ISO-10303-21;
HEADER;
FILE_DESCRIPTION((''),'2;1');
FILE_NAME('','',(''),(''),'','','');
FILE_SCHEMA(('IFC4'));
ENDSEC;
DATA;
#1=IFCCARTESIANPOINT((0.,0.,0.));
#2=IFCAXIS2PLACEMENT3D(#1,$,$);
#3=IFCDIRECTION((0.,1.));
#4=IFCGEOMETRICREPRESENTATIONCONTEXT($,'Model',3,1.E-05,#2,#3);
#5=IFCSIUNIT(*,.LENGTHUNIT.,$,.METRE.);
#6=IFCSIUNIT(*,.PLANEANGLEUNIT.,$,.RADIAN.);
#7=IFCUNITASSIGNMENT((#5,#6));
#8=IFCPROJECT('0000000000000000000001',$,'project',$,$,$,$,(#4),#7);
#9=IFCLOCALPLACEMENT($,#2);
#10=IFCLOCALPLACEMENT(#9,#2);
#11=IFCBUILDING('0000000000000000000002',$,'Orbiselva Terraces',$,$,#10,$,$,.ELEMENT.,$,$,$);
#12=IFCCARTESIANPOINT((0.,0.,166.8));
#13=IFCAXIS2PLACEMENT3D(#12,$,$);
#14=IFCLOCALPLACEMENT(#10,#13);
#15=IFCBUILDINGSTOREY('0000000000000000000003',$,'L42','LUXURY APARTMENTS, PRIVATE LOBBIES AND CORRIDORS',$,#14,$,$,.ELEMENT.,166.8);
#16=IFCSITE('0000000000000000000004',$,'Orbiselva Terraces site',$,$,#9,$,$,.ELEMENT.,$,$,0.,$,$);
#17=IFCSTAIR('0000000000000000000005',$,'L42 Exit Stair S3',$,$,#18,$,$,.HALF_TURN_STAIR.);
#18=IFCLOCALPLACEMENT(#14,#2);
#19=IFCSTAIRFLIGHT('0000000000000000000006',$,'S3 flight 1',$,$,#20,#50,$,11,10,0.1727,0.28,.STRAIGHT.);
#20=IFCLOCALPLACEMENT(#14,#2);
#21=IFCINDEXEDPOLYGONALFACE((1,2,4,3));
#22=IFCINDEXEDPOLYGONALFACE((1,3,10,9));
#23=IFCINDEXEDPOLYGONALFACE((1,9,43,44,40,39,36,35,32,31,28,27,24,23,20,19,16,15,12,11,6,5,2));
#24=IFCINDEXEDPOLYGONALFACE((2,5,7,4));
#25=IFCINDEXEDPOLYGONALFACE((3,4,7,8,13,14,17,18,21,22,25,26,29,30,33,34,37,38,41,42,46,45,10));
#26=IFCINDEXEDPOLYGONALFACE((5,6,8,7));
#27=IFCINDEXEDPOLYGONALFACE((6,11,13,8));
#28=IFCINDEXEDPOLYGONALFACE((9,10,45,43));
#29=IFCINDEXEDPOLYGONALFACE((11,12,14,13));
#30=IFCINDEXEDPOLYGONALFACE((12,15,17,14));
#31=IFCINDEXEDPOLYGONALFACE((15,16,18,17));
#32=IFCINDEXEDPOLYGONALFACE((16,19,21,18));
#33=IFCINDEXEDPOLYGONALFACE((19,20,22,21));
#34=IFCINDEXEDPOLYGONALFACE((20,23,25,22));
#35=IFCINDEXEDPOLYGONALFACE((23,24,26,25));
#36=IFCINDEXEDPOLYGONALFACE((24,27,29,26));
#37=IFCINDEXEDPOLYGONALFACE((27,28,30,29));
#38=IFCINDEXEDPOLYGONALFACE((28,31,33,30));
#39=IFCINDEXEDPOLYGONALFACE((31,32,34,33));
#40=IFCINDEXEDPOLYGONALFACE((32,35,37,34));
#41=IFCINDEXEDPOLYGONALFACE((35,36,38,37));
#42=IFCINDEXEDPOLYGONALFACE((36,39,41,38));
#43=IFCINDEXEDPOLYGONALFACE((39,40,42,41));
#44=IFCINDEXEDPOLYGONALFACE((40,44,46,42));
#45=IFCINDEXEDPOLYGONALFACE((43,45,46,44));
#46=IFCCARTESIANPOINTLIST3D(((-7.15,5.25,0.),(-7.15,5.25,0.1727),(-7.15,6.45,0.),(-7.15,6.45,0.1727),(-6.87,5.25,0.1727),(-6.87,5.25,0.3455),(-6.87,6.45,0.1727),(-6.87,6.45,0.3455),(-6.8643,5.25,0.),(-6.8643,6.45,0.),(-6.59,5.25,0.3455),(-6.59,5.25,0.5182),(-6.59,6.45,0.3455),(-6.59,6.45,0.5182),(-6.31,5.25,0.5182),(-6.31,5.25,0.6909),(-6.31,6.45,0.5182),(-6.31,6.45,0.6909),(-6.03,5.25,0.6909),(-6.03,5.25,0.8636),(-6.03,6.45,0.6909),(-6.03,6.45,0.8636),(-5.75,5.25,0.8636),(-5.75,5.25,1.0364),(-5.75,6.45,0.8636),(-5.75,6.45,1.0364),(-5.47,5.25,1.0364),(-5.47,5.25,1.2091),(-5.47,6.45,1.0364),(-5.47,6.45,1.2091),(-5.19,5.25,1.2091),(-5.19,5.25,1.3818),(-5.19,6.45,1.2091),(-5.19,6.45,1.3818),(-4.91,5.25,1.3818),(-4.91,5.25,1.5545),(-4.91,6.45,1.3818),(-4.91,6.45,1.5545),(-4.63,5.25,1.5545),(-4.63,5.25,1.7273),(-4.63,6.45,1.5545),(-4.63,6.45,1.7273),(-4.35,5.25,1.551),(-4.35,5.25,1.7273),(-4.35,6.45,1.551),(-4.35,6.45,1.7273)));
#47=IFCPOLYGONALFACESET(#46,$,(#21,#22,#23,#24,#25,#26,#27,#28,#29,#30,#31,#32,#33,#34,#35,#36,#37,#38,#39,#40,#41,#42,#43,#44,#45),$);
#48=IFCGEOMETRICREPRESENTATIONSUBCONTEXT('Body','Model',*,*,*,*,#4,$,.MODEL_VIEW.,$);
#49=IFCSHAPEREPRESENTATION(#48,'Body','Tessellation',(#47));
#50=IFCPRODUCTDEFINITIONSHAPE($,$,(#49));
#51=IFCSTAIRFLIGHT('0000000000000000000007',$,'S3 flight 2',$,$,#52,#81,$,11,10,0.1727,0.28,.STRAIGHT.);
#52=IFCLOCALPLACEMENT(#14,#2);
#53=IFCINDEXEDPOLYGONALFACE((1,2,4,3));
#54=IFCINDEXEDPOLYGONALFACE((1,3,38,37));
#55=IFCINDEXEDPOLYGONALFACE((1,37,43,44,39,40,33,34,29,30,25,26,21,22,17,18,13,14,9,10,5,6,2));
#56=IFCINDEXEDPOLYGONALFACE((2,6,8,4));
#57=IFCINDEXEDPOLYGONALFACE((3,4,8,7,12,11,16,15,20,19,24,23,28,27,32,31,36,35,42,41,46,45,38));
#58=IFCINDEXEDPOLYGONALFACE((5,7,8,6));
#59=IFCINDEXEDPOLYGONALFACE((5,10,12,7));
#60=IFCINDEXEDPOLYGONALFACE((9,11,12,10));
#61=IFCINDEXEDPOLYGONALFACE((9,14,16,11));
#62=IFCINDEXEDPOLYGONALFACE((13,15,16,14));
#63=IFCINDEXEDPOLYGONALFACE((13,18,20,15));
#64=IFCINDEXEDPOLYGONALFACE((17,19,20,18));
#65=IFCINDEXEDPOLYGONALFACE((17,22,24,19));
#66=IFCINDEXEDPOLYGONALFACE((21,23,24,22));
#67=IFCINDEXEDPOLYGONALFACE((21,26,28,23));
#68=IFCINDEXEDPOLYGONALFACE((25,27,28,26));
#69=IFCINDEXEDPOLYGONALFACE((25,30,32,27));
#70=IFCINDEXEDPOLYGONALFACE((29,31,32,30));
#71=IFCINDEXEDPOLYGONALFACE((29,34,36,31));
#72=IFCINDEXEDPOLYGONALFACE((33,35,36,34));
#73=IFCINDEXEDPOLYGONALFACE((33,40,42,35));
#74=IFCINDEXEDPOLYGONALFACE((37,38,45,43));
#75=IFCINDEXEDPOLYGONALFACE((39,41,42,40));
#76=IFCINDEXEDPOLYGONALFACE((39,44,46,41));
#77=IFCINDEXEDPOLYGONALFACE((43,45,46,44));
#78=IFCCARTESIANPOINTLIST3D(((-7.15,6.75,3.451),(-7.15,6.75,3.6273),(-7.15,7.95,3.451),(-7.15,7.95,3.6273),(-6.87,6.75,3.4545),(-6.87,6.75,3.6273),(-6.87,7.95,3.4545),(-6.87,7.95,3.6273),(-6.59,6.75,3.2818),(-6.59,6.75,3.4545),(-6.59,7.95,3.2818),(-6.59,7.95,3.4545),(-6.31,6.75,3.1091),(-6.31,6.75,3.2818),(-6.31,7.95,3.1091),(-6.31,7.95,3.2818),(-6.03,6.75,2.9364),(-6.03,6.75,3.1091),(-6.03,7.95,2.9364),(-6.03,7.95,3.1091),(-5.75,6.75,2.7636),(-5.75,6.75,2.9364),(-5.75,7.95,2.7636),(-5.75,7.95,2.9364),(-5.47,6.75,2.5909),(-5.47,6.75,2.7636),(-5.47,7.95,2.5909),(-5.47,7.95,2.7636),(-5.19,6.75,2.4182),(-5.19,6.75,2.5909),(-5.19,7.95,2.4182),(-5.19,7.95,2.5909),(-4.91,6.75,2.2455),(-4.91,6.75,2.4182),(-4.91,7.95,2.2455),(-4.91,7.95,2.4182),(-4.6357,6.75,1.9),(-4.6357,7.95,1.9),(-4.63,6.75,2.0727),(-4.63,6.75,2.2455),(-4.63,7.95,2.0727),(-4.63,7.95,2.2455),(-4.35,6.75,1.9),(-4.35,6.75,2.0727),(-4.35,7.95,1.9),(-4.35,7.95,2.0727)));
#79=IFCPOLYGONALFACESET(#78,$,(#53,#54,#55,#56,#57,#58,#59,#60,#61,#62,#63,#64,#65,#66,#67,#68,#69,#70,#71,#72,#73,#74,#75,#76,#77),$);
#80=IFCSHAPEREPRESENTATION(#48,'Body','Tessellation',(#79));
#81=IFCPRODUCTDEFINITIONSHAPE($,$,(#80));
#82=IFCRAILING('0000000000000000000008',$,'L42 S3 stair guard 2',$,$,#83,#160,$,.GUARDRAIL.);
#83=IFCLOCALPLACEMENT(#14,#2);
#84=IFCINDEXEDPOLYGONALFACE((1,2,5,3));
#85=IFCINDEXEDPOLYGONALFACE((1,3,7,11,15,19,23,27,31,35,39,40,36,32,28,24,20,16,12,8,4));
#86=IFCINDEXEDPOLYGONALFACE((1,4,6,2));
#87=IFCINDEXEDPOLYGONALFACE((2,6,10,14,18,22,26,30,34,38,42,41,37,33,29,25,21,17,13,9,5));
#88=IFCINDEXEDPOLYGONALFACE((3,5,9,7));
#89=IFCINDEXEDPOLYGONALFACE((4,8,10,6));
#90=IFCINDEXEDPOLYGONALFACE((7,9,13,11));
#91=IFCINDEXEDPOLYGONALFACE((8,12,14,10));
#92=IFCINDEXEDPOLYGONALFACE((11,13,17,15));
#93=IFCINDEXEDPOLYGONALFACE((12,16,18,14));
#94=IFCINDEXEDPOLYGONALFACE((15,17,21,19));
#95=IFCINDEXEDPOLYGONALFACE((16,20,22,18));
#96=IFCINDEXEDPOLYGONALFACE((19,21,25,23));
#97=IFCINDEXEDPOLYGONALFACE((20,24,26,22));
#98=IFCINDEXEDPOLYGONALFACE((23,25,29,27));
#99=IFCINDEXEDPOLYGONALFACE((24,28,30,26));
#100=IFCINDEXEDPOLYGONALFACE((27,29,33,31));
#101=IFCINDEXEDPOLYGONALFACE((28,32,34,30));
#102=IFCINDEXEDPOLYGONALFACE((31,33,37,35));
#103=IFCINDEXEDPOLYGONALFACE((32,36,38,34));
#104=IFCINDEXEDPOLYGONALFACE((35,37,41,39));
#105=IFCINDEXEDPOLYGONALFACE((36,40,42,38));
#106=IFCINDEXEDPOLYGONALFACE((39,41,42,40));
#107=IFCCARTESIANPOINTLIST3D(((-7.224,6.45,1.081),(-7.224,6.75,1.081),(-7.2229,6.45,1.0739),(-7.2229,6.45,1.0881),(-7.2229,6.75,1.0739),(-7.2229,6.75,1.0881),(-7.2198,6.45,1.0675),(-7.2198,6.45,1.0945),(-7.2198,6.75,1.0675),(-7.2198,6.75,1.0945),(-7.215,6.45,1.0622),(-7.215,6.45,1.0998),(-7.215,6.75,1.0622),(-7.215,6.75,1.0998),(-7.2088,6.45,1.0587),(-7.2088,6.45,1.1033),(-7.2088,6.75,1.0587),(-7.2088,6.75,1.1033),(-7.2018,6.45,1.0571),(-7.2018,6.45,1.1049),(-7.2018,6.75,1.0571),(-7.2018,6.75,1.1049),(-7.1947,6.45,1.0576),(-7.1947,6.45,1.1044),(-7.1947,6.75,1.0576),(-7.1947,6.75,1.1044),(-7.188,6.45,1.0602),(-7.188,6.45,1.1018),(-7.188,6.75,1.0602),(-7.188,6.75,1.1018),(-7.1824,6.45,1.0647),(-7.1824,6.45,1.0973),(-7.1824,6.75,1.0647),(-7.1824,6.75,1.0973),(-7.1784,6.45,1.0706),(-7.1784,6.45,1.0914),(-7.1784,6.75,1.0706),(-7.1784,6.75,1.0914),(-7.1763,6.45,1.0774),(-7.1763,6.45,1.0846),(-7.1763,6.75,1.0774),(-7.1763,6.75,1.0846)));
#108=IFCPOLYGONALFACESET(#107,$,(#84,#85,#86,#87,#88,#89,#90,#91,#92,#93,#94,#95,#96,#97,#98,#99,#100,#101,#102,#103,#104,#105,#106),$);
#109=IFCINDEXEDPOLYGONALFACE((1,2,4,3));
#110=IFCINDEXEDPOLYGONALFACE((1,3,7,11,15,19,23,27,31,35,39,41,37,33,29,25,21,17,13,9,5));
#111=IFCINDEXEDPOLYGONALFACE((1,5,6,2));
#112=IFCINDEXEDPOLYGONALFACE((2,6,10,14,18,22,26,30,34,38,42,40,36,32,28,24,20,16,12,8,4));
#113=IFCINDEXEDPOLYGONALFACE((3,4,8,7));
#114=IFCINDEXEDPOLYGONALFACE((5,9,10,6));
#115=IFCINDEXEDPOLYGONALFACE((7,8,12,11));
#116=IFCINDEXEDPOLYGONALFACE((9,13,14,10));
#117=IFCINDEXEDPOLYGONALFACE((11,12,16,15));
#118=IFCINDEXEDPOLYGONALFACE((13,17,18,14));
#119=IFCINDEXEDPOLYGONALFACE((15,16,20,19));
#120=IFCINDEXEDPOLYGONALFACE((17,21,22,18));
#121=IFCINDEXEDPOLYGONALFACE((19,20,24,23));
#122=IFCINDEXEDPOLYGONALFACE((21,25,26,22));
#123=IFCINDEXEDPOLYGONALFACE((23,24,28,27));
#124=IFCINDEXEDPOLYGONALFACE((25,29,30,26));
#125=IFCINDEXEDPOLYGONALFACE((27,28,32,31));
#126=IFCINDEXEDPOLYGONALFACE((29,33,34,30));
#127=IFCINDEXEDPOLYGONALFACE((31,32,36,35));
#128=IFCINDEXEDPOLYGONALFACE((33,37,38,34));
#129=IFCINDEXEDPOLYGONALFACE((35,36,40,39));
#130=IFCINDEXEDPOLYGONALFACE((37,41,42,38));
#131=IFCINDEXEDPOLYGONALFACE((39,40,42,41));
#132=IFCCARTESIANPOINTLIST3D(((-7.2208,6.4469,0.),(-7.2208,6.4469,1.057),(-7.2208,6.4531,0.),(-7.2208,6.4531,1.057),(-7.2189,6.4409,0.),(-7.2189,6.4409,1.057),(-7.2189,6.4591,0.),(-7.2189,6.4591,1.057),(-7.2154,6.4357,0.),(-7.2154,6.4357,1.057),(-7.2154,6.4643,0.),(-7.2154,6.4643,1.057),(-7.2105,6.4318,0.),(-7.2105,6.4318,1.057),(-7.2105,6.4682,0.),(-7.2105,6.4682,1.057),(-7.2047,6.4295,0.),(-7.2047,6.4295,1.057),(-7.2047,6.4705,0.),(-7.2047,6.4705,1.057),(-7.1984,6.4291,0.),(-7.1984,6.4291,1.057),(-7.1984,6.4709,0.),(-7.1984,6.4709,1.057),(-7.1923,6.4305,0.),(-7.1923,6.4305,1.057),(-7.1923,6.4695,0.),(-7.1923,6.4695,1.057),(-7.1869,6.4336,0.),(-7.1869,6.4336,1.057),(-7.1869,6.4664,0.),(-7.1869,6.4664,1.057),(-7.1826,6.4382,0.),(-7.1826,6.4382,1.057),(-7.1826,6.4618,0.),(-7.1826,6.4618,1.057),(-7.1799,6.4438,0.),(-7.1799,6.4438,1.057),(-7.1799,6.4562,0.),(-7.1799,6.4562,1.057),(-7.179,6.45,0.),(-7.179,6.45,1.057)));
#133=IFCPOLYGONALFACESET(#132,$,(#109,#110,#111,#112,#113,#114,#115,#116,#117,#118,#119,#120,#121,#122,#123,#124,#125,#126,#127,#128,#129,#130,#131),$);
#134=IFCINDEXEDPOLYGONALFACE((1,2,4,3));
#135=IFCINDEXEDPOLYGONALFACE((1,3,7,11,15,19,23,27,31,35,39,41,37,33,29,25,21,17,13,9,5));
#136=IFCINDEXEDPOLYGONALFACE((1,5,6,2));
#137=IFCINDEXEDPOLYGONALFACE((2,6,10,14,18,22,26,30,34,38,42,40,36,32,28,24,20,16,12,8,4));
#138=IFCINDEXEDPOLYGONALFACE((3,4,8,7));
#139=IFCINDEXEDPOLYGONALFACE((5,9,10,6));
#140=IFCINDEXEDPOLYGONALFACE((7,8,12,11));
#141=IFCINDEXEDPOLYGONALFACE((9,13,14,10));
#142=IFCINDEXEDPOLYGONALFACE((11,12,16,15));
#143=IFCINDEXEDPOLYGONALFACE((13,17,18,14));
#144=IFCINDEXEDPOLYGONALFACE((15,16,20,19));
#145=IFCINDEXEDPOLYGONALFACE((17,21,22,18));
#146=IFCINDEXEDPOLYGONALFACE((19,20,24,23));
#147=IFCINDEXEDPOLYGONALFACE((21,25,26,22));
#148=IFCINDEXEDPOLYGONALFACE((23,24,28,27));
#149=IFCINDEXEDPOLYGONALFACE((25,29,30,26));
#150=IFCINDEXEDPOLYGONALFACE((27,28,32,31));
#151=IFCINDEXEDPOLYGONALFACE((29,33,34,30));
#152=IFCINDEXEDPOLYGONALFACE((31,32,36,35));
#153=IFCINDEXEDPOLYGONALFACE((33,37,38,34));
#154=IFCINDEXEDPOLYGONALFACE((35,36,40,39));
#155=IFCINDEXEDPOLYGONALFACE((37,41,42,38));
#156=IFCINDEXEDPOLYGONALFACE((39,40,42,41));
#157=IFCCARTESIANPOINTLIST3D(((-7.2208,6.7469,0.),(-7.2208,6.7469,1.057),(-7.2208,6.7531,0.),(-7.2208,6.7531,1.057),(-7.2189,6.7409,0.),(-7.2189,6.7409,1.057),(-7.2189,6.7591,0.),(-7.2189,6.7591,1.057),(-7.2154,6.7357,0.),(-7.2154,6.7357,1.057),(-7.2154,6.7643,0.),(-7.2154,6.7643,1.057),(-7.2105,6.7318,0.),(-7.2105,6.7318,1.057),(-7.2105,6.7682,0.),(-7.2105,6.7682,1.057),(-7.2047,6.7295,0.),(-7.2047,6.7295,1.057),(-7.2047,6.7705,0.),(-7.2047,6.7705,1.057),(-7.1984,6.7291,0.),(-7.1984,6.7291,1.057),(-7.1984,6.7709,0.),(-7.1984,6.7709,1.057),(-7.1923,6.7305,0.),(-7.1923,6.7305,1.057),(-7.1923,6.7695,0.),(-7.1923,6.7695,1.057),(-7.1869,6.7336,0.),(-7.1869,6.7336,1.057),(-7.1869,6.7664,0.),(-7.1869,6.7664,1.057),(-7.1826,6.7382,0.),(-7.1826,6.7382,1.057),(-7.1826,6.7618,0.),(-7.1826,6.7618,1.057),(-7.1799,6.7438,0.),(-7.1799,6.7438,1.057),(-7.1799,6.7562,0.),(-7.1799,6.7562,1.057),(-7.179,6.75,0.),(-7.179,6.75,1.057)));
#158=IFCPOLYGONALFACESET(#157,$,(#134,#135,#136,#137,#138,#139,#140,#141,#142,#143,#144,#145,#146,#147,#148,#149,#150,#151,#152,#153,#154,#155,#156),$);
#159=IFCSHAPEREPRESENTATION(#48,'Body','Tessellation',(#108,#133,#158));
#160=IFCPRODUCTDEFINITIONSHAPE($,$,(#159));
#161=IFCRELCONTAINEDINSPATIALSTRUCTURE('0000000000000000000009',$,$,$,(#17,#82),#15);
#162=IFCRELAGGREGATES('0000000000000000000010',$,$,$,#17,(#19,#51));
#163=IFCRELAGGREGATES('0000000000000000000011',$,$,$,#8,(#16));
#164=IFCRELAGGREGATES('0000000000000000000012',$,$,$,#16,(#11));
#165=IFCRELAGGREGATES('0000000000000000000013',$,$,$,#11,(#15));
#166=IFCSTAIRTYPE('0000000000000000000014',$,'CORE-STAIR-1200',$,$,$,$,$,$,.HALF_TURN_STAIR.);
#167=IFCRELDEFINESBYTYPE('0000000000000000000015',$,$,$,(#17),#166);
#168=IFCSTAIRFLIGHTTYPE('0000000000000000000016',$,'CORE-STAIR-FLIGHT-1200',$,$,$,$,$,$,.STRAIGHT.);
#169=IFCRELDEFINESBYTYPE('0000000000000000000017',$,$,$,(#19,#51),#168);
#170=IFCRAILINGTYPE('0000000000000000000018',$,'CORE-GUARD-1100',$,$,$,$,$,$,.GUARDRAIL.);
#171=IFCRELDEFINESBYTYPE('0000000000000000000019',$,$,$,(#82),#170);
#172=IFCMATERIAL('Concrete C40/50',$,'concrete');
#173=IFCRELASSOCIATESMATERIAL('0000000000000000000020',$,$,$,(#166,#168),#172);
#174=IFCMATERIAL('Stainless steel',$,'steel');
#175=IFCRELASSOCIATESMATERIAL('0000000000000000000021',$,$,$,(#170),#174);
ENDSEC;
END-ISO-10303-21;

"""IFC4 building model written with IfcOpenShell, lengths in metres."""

from ifc_helpers import new_model, si_unit, direction, frame, origin, origin_2d, place, context, subcontext, project, spatial, polyline, circle, outline, extrude, material, type_object, element, aggregate, save


model = new_model("IFC4")

# Units and contexts
model_context = context("Model", 3, precision=1e-05, world=origin(), true_north=direction((0.0, 1.0)))
body_context = subcontext(model_context, "Body", "Model", "MODEL_VIEW")
ifc_project = project(units=[si_unit("LENGTHUNIT", "METRE"), si_unit("PLANEANGLEUNIT", "RADIAN")], contexts=[model_context])

# Site, building, storey
site_placement = place(None, origin())
site = spatial("IfcSite", under=ifc_project, at=site_placement, Name="Orbiselva Terraces site", CompositionType="ELEMENT", RefElevation=0.0)
building_placement = place(site_placement, origin())
building = spatial("IfcBuilding", under=site, at=building_placement, Name="Orbiselva Terraces", CompositionType="ELEMENT")
storey_placement = place(building_placement, frame((0.0, 0.0, 166.8)))
storey = spatial("IfcBuildingStorey", under=building, at=storey_placement, Name="L42", Description="LUXURY APARTMENTS, PRIVATE LOBBIES AND CORRIDORS", CompositionType="ELEMENT", Elevation=166.8)

# Stair, stair flights
ifc_material_1 = material(Name="Concrete C40/50", Category="concrete")
stair_type = type_object("IfcStairType", Name="CORE-STAIR-1200", PredefinedType="HALF_TURN_STAIR", material=ifc_material_1)
stair_placement = place(storey_placement, origin())
stair = element("IfcStair", 1, at=stair_placement, inside=storey, type_object=stair_type, Name="L42 Exit Stair S3", PredefinedType="HALF_TURN_STAIR")
stair_flight_type = type_object("IfcStairFlightType", Name="CORE-STAIR-FLIGHT-1200", PredefinedType="STRAIGHT", material=ifc_material_1)
stair_flight_1_placement = place(storey_placement, frame((-7.15, 5.85, 0.0), z_axis=(0.0, 0.0, 1.0), x_axis=(1.0, 0.0, 0.0)))
stair_flight_1 = element("IfcStairFlight", 2, at=stair_flight_1_placement, type_object=stair_flight_type, Name="S3 flight 1", NumberOfRisers=11, NumberOfTreads=10, PredefinedType="STRAIGHT", RiserHeight=0.1727, TreadLength=0.28, context=body_context, shape_type="SweptSolid", body=[
    extrude(outline(polyline([(0.0, 0.0), (0.0, 0.1727), (0.28, 0.1727), (0.28, 0.3455), (0.56, 0.3455), (0.56, 0.5182), (0.84, 0.5182), (0.84, 0.6909), (1.12, 0.6909), (1.12, 0.8636), (1.4, 0.8636), (1.4, 1.0364), (1.68, 1.0364), (1.68, 1.2091), (1.96, 1.2091), (1.96, 1.3818), (2.24, 1.3818), (2.24, 1.5545), (2.52, 1.5545), (2.52, 1.7273), (2.8, 1.7273), (2.8, 1.9), (2.8, 1.551), (0.2857, 0.0), (0.0, 0.0)])), frame((0.0, 0.6, 0.0), z_axis=(0.0, -1.0, 0.0), x_axis=(1.0, 0.0, 0.0)), (0.0, 0.0, 1.0), 1.2),
])
stair_flight_2_placement = place(storey_placement, frame((-4.35, 7.35, 1.9), z_axis=(0.0, 0.0, 1.0), x_axis=(-1.0, 0.0, 0.0)))
stair_flight_2 = element("IfcStairFlight", 3, at=stair_flight_2_placement, type_object=stair_flight_type, Name="S3 flight 2", NumberOfRisers=11, NumberOfTreads=10, PredefinedType="STRAIGHT", RiserHeight=0.1727, TreadLength=0.28, context=body_context, shape_type="SweptSolid", body=[
    extrude(outline(polyline([(0.0, 0.0), (0.0, 0.1727), (0.28, 0.1727), (0.28, 0.3455), (0.56, 0.3455), (0.56, 0.5182), (0.84, 0.5182), (0.84, 0.6909), (1.12, 0.6909), (1.12, 0.8636), (1.4, 0.8636), (1.4, 1.0364), (1.68, 1.0364), (1.68, 1.2091), (1.96, 1.2091), (1.96, 1.3818), (2.24, 1.3818), (2.24, 1.5545), (2.52, 1.5545), (2.52, 1.7273), (2.8, 1.7273), (2.8, 1.9), (2.8, 1.551), (0.2857, 0.0), (0.0, 0.0)])), frame((0.0, 0.6, 0.0), z_axis=(0.0, -1.0, 0.0), x_axis=(1.0, 0.0, 0.0)), (0.0, 0.0, 1.0), 1.2),
])
aggregate(stair, [stair_flight_1, stair_flight_2])

# Railing
ifc_material_2 = material(Name="Stainless steel", Category="steel")
railing_type_1 = type_object("IfcRailingType", Name="CORE-GUARD-1100", PredefinedType="GUARDRAIL", material=ifc_material_2)
railing_1_placement = place(storey_placement, frame((-7.2, 6.45, 0.0)))
element("IfcRailing", 4, at=railing_1_placement, inside=storey, type_object=railing_type_1, Name="L42 S3 stair guard 2", PredefinedType="GUARDRAIL", context=body_context, shape_type="SweptSolid", body=[
    extrude(circle(Radius=0.024, at=origin_2d()), frame((0.0, 0.0, 1.081), z_axis=(0.0, 1.0, 0.0), x_axis=(-1.0, 0.0, 0.0)), (0.0, 0.0, 1.0), 0.3),
    extrude(circle(Radius=0.021, at=origin_2d()), origin(), (0.0, 0.0, 1.0), 1.057),
    extrude(circle(Radius=0.021, at=origin_2d()), frame((0.0, 0.3, 0.0)), (0.0, 0.0, 1.0), 1.057),
])

save(model, "model.ifc")
